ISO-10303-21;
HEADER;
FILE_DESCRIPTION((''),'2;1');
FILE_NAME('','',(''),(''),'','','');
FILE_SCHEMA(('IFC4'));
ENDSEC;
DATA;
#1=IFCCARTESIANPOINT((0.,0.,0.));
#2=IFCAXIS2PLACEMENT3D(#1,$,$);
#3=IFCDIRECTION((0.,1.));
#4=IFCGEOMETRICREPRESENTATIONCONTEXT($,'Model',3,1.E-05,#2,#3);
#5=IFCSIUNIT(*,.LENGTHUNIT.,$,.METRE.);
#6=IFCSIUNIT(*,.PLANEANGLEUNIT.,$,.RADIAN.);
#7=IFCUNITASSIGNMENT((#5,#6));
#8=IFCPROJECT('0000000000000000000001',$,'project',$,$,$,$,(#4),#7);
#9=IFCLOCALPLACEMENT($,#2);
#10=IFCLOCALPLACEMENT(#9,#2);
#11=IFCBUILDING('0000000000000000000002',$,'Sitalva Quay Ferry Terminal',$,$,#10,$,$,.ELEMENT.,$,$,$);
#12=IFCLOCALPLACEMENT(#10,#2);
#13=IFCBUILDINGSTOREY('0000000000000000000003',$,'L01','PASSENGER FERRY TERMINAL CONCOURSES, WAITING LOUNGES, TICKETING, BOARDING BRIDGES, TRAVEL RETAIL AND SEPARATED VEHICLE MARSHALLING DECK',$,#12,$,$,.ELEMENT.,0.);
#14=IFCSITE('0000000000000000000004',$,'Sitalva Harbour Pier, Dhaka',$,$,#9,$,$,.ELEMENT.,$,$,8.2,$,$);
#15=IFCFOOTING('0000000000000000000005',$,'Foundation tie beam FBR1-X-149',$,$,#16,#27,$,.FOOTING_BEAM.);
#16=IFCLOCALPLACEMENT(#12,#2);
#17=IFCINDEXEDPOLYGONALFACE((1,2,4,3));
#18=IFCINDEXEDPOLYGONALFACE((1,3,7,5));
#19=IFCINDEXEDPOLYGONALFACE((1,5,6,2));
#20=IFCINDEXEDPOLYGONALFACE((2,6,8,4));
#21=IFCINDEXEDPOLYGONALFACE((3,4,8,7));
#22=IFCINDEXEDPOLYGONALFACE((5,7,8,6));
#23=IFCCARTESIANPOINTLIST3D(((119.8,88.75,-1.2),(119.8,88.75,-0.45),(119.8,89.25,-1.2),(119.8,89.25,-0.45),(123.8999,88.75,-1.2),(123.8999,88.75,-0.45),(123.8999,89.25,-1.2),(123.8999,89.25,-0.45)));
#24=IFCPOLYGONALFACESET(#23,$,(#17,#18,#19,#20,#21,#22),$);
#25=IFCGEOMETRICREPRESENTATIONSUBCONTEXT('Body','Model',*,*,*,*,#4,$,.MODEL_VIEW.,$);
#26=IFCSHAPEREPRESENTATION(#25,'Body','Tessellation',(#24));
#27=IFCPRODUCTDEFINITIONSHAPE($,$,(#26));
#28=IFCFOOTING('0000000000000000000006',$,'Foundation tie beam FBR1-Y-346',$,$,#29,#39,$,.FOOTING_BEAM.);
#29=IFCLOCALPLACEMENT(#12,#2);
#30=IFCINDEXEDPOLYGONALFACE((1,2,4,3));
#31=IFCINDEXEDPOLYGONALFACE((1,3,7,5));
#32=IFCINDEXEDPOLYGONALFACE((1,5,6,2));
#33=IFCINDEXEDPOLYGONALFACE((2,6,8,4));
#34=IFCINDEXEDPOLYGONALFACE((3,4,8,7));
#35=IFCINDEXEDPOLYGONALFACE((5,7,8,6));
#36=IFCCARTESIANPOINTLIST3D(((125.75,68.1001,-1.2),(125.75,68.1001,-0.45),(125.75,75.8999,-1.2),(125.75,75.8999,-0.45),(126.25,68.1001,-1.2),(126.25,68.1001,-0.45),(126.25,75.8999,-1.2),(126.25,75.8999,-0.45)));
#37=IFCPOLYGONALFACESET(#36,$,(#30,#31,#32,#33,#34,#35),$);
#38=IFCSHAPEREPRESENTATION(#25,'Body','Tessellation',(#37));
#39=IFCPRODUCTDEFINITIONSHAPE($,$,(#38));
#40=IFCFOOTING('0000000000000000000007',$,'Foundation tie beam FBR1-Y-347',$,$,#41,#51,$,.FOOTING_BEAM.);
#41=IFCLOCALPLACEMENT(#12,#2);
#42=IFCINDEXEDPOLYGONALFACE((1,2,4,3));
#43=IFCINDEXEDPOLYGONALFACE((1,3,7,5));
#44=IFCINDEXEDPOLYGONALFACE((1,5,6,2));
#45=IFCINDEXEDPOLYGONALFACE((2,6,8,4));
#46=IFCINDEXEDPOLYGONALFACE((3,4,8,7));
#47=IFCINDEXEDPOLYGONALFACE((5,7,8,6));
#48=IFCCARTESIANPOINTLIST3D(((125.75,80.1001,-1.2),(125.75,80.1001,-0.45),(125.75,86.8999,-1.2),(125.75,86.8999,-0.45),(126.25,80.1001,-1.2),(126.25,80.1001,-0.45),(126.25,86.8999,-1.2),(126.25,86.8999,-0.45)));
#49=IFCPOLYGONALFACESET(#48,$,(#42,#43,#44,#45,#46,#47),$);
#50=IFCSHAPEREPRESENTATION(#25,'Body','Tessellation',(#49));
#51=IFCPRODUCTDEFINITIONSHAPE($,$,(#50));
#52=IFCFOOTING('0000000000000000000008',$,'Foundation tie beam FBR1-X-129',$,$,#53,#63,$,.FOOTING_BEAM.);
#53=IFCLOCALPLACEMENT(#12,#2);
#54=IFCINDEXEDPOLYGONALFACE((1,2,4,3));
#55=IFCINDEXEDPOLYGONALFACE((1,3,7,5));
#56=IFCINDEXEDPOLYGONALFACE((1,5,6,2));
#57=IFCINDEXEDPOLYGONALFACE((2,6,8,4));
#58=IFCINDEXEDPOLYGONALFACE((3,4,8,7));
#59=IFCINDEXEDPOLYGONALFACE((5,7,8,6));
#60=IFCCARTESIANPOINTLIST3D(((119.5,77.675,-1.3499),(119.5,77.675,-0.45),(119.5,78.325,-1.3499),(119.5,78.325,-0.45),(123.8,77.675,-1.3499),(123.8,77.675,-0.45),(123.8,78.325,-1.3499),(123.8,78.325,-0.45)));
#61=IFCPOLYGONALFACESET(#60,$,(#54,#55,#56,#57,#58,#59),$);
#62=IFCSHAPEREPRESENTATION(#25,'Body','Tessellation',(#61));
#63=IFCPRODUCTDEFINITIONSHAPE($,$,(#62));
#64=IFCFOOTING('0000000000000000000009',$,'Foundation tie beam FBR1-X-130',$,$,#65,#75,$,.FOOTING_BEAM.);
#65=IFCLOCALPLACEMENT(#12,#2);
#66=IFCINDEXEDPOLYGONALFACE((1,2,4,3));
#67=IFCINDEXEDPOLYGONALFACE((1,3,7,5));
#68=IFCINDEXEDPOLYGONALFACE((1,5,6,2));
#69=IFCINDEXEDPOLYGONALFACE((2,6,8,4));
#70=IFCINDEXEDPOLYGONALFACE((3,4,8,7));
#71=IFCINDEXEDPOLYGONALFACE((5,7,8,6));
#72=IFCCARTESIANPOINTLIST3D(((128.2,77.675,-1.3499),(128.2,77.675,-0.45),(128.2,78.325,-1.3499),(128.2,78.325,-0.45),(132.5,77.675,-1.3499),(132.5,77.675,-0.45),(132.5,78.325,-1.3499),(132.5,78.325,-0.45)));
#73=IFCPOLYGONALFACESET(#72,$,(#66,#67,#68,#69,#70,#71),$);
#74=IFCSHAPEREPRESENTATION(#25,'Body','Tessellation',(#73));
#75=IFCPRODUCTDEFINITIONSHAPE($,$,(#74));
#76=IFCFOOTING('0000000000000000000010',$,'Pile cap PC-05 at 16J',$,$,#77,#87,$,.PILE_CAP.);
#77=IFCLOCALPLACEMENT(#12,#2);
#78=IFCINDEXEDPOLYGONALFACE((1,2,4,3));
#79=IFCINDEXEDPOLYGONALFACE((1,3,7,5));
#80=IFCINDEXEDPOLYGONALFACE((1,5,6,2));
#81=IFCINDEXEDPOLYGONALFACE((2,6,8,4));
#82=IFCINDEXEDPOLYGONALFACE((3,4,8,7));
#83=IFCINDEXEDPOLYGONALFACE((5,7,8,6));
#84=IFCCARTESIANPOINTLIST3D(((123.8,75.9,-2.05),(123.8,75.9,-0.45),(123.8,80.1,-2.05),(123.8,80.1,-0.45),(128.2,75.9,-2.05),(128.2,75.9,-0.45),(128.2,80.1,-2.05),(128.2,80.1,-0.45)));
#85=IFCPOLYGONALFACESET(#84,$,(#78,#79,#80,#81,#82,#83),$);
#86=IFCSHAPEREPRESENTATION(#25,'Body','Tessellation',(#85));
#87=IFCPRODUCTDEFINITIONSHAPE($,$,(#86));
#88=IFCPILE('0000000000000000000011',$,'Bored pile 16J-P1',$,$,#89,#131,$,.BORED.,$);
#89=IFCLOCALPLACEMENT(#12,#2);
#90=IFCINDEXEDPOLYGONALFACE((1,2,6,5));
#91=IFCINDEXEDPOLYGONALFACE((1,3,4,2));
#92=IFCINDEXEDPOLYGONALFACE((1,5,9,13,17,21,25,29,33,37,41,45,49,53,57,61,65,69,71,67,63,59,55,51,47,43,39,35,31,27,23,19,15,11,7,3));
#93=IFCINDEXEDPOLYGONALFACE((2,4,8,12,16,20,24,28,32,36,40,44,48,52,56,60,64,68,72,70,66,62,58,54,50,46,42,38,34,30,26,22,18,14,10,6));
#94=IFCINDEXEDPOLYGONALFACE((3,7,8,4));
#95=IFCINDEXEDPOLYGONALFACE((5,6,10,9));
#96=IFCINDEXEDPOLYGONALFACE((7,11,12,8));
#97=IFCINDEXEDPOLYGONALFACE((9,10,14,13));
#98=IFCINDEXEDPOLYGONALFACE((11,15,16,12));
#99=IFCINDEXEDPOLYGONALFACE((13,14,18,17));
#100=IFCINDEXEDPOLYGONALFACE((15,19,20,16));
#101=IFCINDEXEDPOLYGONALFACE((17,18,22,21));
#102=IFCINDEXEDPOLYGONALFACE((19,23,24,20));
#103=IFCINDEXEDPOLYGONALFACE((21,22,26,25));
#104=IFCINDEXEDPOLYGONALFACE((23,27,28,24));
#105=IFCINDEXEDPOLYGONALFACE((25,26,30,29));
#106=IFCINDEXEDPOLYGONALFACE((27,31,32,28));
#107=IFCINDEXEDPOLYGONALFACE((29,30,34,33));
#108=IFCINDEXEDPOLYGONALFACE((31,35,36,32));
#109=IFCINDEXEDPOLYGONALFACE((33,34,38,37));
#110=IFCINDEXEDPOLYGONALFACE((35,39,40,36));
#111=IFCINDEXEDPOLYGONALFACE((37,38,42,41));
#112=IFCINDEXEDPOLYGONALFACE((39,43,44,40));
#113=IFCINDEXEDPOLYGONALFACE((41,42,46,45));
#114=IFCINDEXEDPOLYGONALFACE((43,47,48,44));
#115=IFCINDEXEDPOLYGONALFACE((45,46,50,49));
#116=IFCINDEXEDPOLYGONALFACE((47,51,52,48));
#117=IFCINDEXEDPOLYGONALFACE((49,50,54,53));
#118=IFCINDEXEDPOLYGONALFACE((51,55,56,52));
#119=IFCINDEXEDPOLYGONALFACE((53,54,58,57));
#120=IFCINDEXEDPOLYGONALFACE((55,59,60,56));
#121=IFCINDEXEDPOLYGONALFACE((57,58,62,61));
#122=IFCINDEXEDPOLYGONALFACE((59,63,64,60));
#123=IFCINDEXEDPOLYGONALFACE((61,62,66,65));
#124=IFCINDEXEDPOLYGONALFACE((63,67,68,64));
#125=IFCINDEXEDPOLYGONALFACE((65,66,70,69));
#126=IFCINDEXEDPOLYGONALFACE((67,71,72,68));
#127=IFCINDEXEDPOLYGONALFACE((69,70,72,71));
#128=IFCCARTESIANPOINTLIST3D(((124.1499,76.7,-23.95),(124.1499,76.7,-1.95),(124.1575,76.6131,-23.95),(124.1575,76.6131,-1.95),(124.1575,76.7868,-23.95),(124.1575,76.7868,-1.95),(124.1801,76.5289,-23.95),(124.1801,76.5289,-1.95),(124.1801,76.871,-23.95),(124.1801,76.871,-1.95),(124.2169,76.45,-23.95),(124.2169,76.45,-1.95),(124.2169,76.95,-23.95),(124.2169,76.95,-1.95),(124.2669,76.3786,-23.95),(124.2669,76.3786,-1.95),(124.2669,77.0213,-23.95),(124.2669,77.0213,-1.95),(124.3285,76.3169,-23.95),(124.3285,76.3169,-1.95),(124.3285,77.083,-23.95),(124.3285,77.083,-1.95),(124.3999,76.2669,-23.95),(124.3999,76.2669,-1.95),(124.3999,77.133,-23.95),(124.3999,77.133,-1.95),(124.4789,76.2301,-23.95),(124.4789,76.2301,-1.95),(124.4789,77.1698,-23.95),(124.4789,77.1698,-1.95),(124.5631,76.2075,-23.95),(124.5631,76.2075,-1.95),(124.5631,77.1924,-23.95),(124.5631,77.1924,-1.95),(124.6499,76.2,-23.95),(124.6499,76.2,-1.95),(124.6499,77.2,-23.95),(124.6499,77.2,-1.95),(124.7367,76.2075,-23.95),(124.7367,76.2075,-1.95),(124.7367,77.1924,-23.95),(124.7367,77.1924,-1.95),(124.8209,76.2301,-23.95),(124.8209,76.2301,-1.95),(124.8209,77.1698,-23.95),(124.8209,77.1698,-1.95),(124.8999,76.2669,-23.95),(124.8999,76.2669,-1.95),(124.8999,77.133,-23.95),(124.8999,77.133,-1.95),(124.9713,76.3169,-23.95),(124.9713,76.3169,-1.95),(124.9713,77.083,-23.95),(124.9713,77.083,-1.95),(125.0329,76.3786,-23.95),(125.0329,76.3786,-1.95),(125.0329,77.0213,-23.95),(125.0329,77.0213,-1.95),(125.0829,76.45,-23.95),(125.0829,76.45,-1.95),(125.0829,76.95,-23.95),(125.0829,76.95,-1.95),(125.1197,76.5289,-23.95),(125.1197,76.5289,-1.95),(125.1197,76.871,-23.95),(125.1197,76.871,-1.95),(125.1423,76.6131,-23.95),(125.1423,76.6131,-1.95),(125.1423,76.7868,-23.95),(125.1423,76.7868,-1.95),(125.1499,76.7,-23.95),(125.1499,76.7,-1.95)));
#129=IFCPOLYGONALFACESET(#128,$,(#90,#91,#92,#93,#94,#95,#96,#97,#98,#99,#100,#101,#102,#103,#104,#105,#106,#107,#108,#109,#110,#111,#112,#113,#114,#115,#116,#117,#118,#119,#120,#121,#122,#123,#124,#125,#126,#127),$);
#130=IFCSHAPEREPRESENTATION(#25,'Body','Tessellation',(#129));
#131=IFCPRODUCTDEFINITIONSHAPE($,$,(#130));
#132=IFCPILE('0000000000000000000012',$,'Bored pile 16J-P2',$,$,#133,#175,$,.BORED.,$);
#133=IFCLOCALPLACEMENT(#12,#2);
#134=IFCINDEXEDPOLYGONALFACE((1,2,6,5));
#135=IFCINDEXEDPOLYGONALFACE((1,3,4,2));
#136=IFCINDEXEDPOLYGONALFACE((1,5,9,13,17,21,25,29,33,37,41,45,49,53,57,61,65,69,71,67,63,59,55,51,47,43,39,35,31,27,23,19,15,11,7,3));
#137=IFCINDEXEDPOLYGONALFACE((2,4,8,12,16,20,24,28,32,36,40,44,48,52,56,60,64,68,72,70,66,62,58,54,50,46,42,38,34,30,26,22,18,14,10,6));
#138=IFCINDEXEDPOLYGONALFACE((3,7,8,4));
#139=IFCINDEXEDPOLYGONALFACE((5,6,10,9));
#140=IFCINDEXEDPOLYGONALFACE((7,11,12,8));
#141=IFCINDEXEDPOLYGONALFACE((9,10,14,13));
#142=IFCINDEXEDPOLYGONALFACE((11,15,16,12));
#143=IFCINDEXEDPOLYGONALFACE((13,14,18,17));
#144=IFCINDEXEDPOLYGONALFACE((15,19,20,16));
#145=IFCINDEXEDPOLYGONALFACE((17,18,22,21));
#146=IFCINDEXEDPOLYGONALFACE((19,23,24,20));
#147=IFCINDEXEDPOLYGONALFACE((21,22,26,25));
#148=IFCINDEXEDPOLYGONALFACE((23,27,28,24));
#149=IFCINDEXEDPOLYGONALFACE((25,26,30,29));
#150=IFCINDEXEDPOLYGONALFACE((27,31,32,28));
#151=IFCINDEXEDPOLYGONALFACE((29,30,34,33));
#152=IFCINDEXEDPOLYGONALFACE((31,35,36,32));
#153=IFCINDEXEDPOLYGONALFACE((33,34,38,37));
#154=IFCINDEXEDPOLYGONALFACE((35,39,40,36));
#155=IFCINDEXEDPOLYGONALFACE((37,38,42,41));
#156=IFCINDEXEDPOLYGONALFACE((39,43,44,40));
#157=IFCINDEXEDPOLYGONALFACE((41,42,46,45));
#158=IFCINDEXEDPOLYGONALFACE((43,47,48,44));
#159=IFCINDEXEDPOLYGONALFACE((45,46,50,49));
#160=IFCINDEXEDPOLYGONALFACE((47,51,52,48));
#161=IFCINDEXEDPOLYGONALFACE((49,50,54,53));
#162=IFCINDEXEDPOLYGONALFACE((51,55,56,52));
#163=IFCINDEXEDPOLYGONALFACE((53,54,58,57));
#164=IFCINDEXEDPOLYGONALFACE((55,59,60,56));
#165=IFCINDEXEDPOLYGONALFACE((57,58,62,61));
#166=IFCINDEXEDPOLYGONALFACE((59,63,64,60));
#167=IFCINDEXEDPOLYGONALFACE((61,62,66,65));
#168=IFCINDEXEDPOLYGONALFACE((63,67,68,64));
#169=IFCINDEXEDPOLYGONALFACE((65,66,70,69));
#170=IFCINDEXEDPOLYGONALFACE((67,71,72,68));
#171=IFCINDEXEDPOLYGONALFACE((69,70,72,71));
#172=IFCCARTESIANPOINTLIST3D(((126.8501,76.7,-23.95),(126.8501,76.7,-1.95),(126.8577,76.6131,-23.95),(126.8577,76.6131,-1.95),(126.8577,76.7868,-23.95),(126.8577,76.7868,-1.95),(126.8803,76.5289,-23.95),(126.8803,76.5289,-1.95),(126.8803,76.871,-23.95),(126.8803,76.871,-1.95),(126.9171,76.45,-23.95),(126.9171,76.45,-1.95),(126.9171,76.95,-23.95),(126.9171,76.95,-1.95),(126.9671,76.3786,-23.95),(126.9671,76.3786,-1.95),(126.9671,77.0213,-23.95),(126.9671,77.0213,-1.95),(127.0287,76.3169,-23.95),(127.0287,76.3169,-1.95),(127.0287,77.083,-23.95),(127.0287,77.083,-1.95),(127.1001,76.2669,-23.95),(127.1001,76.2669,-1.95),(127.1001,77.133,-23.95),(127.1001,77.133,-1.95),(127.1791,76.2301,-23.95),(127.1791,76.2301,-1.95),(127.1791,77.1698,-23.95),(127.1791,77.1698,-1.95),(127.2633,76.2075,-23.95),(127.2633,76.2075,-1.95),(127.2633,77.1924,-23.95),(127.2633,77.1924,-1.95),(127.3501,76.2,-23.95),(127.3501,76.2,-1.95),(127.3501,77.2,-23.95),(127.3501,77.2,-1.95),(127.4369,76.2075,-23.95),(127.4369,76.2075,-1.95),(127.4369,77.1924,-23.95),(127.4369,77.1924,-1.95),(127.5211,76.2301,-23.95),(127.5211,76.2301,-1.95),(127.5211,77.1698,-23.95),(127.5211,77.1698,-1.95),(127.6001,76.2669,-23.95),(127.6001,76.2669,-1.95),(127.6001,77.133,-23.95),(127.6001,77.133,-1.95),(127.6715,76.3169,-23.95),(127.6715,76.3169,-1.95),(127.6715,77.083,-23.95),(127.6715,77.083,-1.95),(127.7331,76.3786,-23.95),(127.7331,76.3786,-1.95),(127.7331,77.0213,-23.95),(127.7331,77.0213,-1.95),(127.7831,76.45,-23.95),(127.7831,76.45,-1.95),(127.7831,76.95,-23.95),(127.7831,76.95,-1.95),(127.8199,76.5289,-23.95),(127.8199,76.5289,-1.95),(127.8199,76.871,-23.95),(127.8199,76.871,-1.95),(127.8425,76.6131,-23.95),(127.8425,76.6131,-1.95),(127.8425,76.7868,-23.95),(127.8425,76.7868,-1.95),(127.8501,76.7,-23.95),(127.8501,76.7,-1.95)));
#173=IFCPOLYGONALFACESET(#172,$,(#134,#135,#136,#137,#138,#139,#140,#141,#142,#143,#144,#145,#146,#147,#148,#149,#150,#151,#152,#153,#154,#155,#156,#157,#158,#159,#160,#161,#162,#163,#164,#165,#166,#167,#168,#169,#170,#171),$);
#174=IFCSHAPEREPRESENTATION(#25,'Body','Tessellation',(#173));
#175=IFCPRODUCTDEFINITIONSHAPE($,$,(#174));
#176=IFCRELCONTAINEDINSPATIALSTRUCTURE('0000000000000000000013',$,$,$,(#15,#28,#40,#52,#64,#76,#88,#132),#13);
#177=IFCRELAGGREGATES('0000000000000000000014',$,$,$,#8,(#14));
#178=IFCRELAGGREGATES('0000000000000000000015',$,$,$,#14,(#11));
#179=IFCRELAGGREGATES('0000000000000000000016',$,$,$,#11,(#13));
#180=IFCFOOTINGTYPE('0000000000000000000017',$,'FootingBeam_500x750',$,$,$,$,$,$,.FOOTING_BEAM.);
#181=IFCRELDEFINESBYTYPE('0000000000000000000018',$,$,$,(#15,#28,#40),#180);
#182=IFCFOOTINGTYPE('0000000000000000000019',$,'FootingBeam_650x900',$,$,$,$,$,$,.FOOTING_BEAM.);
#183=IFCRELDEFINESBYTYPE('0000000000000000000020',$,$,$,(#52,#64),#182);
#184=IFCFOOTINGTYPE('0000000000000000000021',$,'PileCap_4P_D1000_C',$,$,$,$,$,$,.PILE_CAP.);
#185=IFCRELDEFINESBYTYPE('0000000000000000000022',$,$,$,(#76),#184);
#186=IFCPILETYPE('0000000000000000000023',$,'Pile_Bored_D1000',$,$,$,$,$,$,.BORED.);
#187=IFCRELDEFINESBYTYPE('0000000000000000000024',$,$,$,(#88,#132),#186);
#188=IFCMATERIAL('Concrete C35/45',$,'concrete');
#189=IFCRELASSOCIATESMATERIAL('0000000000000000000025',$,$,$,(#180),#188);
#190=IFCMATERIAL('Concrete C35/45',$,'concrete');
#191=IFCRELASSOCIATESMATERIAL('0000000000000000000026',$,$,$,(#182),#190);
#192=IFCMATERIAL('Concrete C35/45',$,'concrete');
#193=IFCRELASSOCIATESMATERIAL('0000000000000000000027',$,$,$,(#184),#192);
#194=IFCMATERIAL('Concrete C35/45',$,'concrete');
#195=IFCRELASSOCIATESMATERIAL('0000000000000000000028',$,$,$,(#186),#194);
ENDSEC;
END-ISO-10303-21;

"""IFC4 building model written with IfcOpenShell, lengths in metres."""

from ifc_helpers import new_model, si_unit, direction, frame, origin, origin_2d, place, context, subcontext, project, spatial, rectangle, circle, extrude, material, material_profile, profile_set, type_object, element, save


model = new_model("IFC4")

# Units and contexts
model_context = context("Model", 3, precision=1e-05, world=origin(), true_north=direction((0.0, 1.0)))
body_context = subcontext(model_context, "Body", "Model", "MODEL_VIEW")
ifc_project = project(units=[si_unit("LENGTHUNIT", "METRE"), si_unit("PLANEANGLEUNIT", "RADIAN")], contexts=[model_context])

# Site, building, storey
site_placement = place(None, origin())
site = spatial("IfcSite", under=ifc_project, at=site_placement, Name="Sitalva Harbour Pier, Dhaka", CompositionType="ELEMENT", RefElevation=8.2)
building_placement = place(site_placement, origin())
building = spatial("IfcBuilding", under=site, at=building_placement, Name="Sitalva Quay Ferry Terminal", CompositionType="ELEMENT")
storey_placement = place(building_placement, origin())
storey = spatial("IfcBuildingStorey", under=building, at=storey_placement, Name="L01", Description="PASSENGER FERRY TERMINAL CONCOURSES, WAITING LOUNGES, TICKETING, BOARDING BRIDGES, TRAVEL RETAIL AND SEPARATED VEHICLE MARSHALLING DECK", CompositionType="ELEMENT", Elevation=0.0)

# Footings
ifc_material_1 = material(Name="Concrete C35/45", Category="concrete")
ifc_material_profile_1 = material_profile(ifc_material_1, rectangle(XDim=0.5, YDim=0.75, at=origin_2d()), Name="RC500x750")
ifc_profile_set_1 = profile_set([ifc_material_profile_1], Name="Concrete C35/45")
footing_type_1 = type_object("IfcFootingType", Name="FootingBeam_500x750", PredefinedType="FOOTING_BEAM", material=ifc_profile_set_1)
footing_1_placement = place(storey_placement, frame((119.8, 89.0, -0.825), z_axis=(1.0, 0.0, 0.0), x_axis=(0.0, 1.0, 0.0)))
element("IfcFooting", 1, at=footing_1_placement, inside=storey, type_object=footing_type_1, Name="Foundation tie beam FBR1-X-149", PredefinedType="FOOTING_BEAM", context=body_context, shape_type="SweptSolid", body=[
    extrude(rectangle(XDim=0.5, YDim=0.75, at=origin_2d()), origin(), (0.0, 0.0, 1.0), 4.0999),
])
footing_2_placement = place(storey_placement, frame((126.0, 68.1001, -0.825), z_axis=(0.0, 1.0, 0.0), x_axis=(-1.0, 0.0, 0.0)))
element("IfcFooting", 2, at=footing_2_placement, inside=storey, type_object=footing_type_1, Name="Foundation tie beam FBR1-Y-346", PredefinedType="FOOTING_BEAM", context=body_context, shape_type="SweptSolid", body=[
    extrude(rectangle(XDim=0.5, YDim=0.75, at=origin_2d()), origin(), (0.0, 0.0, 1.0), 7.7998),
])
footing_3_placement = place(storey_placement, frame((126.0, 80.1001, -0.825), z_axis=(0.0, 1.0, 0.0), x_axis=(-1.0, 0.0, 0.0)))
element("IfcFooting", 3, at=footing_3_placement, inside=storey, type_object=footing_type_1, Name="Foundation tie beam FBR1-Y-347", PredefinedType="FOOTING_BEAM", context=body_context, shape_type="SweptSolid", body=[
    extrude(rectangle(XDim=0.5, YDim=0.75, at=origin_2d()), origin(), (0.0, 0.0, 1.0), 6.7998),
])
ifc_material_2 = material(Name="Concrete C35/45", Category="concrete")
ifc_material_profile_2 = material_profile(ifc_material_2, rectangle(XDim=0.6499, YDim=0.8999, at=origin_2d()), Name="RC650x900")
ifc_profile_set_2 = profile_set([ifc_material_profile_2], Name="Concrete C35/45")
footing_type_2 = type_object("IfcFootingType", Name="FootingBeam_650x900", PredefinedType="FOOTING_BEAM", material=ifc_profile_set_2)
for number, where, z_axis, x_axis, name in (
    (4, (119.5, 78.0, -0.8999), (1.0, 0.0, 0.0), (0.0, 1.0, 0.0), "Foundation tie beam FBR1-X-129"),
    (5, (128.2, 78.0, -0.8999), (1.0, 0.0, 0.0), (0.0, 1.0, 0.0), "Foundation tie beam FBR1-X-130"),
):
    element("IfcFooting", number, at=place(storey_placement, frame(where, z_axis=z_axis, x_axis=x_axis)), inside=storey, type_object=footing_type_2, Name=name, PredefinedType="FOOTING_BEAM", context=body_context, shape_type="SweptSolid", body=[
        extrude(rectangle(XDim=0.6499, YDim=0.8999, at=origin_2d()), origin(), (0.0, 0.0, 1.0), 4.3),
    ])
ifc_material_3 = material(Name="Concrete C35/45", Category="concrete")
footing_type_3 = type_object("IfcFootingType", Name="PileCap_4P_D1000_C", PredefinedType="PILE_CAP", material=ifc_material_3)
footing_4_placement = place(storey_placement, frame((126.0, 78.0, -2.05), z_axis=(0.0, 0.0, 1.0), x_axis=(1.0, 0.0, 0.0)))
element("IfcFooting", 6, at=footing_4_placement, inside=storey, type_object=footing_type_3, Name="Pile cap PC-05 at 16J", PredefinedType="PILE_CAP", context=body_context, shape_type="SweptSolid", body=[
    extrude(rectangle(XDim=4.3999, YDim=4.2, at=origin_2d()), origin(), (0.0, 0.0, 1.0), 1.6001),
])

# Piles
ifc_material_4 = material(Name="Concrete C35/45", Category="concrete")
ifc_material_profile_3 = material_profile(ifc_material_4, circle(Radius=0.5, at=origin_2d()), Name="PILE-D1000")
ifc_profile_set_3 = profile_set([ifc_material_profile_3], Name="Concrete C35/45")
pile_type_1 = type_object("IfcPileType", Name="Pile_Bored_D1000", PredefinedType="BORED", material=ifc_profile_set_3)
for number, where, z_axis, x_axis, name in (
    (7, (124.6499, 76.7, -1.95), (0.0, 0.0, -1.0), (1.0, 0.0, 0.0), "Bored pile 16J-P1"),
    (8, (127.3501, 76.7, -1.95), (0.0, 0.0, -1.0), (1.0, 0.0, 0.0), "Bored pile 16J-P2"),
):
    element("IfcPile", number, at=place(storey_placement, frame(where, z_axis=z_axis, x_axis=x_axis)), inside=storey, type_object=pile_type_1, Name=name, PredefinedType="BORED", context=body_context, shape_type="SweptSolid", body=[
        extrude(circle(Radius=0.5, at=origin_2d()), origin(), (0.0, 0.0, 1.0), 22.0),
    ])

save(model, "model.ifc")
